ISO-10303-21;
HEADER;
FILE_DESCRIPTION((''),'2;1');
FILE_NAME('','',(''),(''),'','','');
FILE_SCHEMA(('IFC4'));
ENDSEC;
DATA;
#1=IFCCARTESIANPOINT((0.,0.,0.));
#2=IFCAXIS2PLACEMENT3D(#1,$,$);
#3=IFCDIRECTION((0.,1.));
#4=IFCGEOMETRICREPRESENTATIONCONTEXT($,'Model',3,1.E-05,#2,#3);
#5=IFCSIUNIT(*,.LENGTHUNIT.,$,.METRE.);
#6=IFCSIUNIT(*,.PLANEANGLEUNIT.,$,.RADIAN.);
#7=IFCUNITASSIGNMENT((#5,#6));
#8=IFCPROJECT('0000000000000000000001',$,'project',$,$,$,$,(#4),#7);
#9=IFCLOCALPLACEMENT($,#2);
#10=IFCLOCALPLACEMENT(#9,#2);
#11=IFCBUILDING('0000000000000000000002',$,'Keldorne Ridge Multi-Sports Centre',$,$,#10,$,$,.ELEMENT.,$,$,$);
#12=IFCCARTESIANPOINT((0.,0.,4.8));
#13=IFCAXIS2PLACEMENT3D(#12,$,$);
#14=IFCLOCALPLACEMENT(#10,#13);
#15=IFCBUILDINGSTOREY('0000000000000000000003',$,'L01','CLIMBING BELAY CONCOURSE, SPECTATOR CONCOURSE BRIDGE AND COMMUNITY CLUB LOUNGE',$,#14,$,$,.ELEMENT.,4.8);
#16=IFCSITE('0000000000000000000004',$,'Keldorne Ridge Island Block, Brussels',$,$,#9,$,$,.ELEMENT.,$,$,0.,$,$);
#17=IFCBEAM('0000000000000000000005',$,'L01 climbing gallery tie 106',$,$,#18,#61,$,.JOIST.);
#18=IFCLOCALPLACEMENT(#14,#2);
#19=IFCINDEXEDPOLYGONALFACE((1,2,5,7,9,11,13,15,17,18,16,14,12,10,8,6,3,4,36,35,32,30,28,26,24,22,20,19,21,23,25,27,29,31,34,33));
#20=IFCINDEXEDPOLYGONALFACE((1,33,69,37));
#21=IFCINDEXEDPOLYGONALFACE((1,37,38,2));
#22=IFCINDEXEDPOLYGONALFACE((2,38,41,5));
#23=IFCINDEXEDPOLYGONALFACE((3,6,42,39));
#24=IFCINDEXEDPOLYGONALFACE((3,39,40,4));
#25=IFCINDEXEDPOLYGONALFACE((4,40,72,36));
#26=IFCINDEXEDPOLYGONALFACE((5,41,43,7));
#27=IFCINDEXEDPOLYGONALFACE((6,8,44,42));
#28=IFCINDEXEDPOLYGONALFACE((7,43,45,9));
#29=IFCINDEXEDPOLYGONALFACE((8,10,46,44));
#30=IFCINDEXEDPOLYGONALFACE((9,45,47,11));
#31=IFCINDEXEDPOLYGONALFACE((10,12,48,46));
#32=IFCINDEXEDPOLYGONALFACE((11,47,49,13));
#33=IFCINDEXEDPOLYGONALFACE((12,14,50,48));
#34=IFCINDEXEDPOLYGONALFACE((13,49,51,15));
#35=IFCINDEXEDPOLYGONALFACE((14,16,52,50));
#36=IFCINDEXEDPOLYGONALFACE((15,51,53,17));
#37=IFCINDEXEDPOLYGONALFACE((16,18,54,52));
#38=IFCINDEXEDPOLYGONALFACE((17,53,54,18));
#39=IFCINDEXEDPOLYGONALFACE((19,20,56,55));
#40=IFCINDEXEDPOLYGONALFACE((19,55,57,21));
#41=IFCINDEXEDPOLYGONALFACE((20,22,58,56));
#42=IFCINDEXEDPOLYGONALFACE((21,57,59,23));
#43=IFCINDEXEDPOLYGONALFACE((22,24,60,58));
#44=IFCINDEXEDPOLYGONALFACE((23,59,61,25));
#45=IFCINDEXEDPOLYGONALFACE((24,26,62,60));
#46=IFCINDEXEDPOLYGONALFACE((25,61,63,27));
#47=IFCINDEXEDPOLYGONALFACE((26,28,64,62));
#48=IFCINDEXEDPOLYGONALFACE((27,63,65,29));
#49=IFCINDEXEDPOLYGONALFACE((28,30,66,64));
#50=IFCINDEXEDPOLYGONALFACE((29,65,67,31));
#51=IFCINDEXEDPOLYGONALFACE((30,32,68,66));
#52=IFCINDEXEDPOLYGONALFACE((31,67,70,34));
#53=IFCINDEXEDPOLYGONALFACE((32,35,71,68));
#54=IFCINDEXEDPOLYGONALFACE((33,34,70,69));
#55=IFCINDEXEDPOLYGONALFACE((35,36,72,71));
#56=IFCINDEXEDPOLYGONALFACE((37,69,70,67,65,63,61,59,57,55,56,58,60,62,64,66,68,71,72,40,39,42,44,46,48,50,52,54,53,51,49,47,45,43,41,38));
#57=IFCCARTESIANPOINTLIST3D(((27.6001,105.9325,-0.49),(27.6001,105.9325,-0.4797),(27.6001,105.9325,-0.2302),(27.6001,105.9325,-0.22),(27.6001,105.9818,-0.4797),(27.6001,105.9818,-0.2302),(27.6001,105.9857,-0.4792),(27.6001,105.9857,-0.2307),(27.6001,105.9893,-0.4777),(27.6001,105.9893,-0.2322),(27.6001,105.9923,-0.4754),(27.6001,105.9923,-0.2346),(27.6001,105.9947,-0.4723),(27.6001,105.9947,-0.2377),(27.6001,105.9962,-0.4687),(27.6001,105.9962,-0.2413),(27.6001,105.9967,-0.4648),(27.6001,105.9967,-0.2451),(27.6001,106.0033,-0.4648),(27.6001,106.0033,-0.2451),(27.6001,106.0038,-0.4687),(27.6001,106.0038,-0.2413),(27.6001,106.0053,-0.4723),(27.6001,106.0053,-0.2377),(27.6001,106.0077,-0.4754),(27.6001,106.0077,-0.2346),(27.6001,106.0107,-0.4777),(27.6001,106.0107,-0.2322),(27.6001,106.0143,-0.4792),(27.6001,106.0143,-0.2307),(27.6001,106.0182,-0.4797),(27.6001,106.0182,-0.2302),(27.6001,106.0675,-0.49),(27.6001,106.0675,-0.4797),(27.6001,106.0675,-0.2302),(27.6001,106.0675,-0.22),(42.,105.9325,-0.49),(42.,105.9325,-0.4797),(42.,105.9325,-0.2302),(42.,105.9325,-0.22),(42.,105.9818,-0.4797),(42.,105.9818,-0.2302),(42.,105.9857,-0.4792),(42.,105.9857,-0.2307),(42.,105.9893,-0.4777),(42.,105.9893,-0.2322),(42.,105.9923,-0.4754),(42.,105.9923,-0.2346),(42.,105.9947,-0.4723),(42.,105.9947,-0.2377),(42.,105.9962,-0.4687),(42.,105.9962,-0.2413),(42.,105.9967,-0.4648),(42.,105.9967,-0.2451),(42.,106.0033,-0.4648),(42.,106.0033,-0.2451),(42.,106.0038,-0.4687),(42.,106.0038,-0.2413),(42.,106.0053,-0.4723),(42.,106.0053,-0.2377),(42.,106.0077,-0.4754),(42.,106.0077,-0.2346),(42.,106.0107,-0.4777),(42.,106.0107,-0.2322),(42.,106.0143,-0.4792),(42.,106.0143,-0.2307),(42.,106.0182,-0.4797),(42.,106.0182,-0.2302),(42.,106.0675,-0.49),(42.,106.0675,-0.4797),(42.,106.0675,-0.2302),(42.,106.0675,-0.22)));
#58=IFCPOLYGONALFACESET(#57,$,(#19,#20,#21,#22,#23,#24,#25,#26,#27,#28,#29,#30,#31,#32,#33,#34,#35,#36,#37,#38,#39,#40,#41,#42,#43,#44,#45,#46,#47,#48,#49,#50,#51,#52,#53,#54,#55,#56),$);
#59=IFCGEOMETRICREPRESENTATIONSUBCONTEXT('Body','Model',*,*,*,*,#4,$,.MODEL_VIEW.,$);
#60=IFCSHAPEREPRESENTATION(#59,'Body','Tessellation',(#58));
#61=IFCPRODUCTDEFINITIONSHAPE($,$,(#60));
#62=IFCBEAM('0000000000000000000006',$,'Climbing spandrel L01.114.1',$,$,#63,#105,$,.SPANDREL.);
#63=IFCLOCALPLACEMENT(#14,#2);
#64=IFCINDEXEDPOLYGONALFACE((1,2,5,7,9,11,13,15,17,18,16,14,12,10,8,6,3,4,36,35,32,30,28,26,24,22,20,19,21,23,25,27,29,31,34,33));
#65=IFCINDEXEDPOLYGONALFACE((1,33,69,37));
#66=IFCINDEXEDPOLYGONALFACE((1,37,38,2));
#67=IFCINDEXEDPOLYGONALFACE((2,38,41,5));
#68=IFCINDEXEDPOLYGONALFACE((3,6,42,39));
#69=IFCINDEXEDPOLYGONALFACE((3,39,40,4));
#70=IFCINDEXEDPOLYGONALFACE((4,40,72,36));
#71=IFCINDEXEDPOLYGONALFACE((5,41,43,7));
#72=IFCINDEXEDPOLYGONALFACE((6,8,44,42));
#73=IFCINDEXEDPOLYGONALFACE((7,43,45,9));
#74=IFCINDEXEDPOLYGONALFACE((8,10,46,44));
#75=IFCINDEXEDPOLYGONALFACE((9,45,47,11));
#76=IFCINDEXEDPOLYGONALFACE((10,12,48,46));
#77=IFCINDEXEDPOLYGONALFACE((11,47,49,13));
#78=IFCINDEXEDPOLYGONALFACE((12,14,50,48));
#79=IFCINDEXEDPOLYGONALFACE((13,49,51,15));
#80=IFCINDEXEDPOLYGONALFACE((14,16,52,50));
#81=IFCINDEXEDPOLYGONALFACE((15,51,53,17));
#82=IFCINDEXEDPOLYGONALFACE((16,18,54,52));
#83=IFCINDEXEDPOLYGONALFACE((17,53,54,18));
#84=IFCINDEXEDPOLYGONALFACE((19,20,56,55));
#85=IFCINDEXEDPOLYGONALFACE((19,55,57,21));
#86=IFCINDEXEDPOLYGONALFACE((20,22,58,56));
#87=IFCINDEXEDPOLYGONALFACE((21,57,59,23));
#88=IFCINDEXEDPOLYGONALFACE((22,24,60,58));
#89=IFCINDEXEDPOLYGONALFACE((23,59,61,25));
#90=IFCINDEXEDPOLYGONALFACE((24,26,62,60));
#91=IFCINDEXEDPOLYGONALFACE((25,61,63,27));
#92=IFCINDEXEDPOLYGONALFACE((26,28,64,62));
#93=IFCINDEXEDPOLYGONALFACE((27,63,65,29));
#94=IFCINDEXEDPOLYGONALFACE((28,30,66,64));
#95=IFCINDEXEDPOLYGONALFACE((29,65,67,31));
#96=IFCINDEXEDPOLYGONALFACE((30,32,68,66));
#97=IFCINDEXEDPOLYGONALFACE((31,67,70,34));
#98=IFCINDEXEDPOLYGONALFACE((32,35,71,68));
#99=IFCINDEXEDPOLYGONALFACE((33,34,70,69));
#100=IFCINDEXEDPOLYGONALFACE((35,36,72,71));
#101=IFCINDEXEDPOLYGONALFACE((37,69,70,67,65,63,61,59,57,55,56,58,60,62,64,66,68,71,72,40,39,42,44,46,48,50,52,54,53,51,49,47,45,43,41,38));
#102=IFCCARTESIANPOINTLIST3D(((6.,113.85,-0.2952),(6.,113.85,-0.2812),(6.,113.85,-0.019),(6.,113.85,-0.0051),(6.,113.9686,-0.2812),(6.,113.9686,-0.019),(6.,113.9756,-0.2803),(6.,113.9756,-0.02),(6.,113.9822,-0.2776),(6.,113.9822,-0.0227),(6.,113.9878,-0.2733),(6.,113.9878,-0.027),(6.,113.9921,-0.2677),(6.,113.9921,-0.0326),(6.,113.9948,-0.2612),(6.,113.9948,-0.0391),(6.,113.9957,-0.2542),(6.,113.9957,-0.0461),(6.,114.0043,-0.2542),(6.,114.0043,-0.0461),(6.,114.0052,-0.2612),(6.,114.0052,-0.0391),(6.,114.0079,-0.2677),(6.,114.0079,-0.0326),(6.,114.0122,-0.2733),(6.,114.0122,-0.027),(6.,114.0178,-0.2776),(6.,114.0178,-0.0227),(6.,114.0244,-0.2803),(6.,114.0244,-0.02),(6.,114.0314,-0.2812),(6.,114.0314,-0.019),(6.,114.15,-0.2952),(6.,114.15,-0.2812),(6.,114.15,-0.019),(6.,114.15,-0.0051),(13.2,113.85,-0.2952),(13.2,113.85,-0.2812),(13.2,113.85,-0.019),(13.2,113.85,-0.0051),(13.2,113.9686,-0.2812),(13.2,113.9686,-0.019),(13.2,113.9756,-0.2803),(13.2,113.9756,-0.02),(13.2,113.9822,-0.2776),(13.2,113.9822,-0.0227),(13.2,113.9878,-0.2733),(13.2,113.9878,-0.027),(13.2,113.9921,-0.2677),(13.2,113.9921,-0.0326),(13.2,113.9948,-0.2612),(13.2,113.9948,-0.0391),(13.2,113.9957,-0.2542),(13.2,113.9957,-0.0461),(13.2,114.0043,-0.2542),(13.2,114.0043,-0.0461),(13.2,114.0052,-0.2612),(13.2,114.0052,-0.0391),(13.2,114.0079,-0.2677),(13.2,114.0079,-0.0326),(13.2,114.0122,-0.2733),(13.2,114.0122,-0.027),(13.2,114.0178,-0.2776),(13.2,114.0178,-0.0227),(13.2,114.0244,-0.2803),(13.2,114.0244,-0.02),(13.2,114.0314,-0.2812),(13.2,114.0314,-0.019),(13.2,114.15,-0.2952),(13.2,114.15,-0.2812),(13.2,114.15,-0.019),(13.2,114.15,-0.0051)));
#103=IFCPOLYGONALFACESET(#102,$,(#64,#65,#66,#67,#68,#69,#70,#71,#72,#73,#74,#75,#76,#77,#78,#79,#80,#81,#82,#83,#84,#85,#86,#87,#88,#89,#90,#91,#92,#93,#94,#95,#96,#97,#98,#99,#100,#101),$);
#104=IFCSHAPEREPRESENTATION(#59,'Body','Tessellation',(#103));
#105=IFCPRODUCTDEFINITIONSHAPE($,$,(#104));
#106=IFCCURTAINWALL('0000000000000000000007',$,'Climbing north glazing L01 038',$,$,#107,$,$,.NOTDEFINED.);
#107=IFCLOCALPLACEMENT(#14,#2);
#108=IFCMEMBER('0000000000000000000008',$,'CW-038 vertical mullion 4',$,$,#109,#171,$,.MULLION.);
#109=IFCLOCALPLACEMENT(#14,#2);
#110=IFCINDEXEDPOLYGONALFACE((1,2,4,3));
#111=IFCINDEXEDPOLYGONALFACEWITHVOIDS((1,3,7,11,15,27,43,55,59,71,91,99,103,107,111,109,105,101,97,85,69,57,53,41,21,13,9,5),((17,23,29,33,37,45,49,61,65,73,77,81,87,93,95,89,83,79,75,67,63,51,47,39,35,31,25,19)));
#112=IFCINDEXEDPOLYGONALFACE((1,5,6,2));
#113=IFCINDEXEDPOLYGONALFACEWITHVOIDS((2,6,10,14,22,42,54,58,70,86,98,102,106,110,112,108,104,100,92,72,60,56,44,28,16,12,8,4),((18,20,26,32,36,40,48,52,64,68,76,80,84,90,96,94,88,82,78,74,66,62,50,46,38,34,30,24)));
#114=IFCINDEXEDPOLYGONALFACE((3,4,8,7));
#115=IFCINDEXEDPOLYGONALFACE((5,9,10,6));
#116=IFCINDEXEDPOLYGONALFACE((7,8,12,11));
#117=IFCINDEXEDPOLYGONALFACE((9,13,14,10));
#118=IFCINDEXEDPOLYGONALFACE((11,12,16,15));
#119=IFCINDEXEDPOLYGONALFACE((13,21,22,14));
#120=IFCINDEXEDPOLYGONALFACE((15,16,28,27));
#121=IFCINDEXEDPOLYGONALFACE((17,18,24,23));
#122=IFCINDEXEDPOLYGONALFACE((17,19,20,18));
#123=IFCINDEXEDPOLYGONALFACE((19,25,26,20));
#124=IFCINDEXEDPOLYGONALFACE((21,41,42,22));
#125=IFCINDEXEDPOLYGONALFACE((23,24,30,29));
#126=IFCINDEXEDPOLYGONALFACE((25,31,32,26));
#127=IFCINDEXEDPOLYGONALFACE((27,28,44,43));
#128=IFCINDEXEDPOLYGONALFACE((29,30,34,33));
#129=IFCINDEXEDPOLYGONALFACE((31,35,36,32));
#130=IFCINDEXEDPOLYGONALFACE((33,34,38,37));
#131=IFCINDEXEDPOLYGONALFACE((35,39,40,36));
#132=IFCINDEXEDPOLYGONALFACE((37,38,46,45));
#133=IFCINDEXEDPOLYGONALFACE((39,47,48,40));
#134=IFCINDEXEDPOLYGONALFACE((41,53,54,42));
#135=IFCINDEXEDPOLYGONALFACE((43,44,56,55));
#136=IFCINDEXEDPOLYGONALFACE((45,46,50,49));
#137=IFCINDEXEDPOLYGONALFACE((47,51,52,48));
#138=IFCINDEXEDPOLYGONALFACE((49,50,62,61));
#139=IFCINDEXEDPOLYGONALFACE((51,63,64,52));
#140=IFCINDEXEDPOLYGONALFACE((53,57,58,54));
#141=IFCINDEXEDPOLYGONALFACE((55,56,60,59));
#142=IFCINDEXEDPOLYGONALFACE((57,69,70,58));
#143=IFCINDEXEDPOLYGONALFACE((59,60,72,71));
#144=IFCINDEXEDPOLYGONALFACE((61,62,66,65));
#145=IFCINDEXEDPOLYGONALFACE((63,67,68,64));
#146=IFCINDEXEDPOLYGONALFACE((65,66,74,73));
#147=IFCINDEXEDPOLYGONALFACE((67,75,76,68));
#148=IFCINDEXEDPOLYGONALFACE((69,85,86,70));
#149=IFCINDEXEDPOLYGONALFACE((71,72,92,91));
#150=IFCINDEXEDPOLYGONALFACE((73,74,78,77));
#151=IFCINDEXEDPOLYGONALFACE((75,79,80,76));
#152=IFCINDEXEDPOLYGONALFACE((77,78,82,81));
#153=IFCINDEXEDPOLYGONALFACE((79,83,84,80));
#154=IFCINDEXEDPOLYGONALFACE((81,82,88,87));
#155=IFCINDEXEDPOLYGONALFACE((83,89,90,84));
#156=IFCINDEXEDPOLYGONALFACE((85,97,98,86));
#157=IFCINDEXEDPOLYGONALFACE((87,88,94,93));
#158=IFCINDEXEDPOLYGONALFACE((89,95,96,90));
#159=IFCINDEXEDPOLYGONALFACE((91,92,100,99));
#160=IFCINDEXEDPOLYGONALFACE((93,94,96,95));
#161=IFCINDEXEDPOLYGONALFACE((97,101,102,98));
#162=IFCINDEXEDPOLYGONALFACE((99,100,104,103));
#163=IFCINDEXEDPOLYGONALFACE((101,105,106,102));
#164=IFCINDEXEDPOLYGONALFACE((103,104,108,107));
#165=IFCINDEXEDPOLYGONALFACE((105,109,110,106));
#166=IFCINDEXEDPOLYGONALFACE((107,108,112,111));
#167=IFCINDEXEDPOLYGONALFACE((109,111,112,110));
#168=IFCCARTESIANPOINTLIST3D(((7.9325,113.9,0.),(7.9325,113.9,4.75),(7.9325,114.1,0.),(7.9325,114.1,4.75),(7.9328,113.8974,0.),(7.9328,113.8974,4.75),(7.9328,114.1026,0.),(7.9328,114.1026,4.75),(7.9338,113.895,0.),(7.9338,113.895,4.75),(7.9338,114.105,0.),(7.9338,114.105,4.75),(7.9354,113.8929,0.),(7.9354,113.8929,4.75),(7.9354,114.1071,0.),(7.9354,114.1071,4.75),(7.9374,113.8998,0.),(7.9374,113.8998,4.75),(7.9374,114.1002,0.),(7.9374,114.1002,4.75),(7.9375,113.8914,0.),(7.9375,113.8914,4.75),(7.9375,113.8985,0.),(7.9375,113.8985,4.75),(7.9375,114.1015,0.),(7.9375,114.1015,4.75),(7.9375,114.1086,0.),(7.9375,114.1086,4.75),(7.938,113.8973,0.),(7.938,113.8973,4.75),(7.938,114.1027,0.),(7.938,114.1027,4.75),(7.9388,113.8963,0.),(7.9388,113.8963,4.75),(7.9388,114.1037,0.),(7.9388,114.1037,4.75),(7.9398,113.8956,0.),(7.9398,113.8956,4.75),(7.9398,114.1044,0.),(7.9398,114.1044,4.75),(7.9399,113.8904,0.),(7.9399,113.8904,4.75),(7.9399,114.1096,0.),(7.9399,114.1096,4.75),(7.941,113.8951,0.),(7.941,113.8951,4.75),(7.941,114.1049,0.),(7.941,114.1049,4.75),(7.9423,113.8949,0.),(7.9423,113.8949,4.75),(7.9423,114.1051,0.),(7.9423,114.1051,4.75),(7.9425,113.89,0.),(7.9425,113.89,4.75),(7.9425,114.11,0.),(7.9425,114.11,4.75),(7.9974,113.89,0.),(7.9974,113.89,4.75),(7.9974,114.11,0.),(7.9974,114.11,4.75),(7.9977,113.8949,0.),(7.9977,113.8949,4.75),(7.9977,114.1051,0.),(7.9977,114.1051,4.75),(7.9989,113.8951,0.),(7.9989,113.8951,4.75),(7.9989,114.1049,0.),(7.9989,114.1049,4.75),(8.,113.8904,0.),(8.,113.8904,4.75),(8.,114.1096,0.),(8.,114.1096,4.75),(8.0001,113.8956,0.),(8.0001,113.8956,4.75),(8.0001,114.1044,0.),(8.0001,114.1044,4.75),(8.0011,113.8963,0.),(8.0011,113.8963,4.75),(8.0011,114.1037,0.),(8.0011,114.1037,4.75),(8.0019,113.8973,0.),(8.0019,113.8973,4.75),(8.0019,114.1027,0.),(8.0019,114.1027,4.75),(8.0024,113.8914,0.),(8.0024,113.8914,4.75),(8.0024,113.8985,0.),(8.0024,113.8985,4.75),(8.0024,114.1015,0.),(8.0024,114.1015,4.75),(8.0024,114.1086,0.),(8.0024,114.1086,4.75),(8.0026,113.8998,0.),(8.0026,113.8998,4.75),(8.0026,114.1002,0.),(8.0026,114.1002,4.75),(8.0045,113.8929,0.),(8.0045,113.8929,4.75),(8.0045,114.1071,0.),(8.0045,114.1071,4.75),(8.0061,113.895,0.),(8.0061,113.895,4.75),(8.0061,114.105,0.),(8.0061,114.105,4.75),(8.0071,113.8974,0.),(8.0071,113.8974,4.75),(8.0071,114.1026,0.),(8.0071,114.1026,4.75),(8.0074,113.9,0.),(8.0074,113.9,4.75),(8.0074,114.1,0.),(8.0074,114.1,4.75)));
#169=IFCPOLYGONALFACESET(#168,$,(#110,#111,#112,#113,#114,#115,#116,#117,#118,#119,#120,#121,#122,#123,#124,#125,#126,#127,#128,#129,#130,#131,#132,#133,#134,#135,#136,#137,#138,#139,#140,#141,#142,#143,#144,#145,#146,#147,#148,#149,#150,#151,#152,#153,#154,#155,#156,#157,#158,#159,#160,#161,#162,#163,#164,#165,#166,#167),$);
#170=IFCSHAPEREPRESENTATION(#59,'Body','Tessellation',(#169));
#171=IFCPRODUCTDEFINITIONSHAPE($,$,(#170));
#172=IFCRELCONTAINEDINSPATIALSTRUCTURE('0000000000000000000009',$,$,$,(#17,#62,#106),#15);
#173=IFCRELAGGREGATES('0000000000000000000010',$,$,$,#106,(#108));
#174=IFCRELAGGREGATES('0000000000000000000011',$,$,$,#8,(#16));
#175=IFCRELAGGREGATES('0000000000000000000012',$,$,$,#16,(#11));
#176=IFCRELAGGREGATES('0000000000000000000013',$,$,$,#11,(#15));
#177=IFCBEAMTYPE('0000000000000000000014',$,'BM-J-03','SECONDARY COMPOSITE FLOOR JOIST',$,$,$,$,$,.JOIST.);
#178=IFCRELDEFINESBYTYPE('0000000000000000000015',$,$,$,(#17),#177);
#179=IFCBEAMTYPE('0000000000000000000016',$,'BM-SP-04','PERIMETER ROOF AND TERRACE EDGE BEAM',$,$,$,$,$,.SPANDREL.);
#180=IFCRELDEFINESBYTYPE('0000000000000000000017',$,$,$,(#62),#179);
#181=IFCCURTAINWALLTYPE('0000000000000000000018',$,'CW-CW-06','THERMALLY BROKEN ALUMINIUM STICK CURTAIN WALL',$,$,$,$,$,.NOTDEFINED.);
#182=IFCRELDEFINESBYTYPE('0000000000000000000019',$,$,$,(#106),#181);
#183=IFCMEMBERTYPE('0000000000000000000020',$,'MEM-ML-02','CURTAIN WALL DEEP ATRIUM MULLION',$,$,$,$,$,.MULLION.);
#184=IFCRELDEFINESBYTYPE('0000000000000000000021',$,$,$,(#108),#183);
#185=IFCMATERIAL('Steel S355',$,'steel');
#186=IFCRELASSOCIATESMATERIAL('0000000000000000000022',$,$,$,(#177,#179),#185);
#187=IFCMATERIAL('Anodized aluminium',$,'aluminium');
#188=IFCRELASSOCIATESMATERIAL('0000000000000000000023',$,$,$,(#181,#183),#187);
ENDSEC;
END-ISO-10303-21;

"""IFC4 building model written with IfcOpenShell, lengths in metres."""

from ifc_helpers import new_model, si_unit, direction, frame, origin, origin_2d, place, context, subcontext, project, spatial, hollow_rectangle, i_section, extrude, material, material_profile, profile_set, type_object, element, aggregate, save


model = new_model("IFC4")

# Units and contexts
model_context = context("Model", 3, precision=1e-05, world=origin(), true_north=direction((0.0, 1.0)))
body_context = subcontext(model_context, "Body", "Model", "MODEL_VIEW")
ifc_project = project(units=[si_unit("LENGTHUNIT", "METRE"), si_unit("PLANEANGLEUNIT", "RADIAN")], contexts=[model_context])

# Site, building, storey
site_placement = place(None, origin())
site = spatial("IfcSite", under=ifc_project, at=site_placement, Name="Keldorne Ridge Island Block, Brussels", CompositionType="ELEMENT", RefElevation=0.0)
building_placement = place(site_placement, origin())
building = spatial("IfcBuilding", under=site, at=building_placement, Name="Keldorne Ridge Multi-Sports Centre", CompositionType="ELEMENT")
storey_placement = place(building_placement, frame((0.0, 0.0, 4.8)))
storey = spatial("IfcBuildingStorey", under=building, at=storey_placement, Name="L01", Description="CLIMBING BELAY CONCOURSE, SPECTATOR CONCOURSE BRIDGE AND COMMUNITY CLUB LOUNGE", CompositionType="ELEMENT", Elevation=4.8)

# Shared definitions
ifc_material_1 = material(Name="Steel S355", Category="steel")

# Beams
ifc_material_profile_1 = material_profile(ifc_material_1, i_section(OverallWidth=0.135, OverallDepth=0.27, WebThickness=0.0066, FlangeThickness=0.0103, FilletRadius=0.0149, at=origin_2d()), Name="IPE 270")
ifc_profile_set_1 = profile_set([ifc_material_profile_1], Name="Steel S355")
beam_type_1 = type_object("IfcBeamType", Name="BM-J-03", Description="SECONDARY COMPOSITE FLOOR JOIST", PredefinedType="JOIST", material=ifc_profile_set_1)
for number, where, z_axis, x_axis, name in (
    (1, (27.6001, 106.0, -0.355), (1.0, 0.0, 0.0), (0.0, 1.0, 0.0), "L01 climbing gallery tie 106"),
):
    element("IfcBeam", number, at=place(storey_placement, frame(where, z_axis=z_axis, x_axis=x_axis)), inside=storey, type_object=beam_type_1, Name=name, PredefinedType="JOIST", context=body_context, shape_type="SweptSolid", body=[
        extrude(i_section(OverallWidth=0.135, OverallDepth=0.27, WebThickness=0.0066, FlangeThickness=0.0103, FilletRadius=0.0149, at=origin_2d()), origin(), (0.0, 0.0, 1.0), 14.3999),
    ])
ifc_material_profile_2 = material_profile(ifc_material_1, i_section(OverallWidth=0.3, OverallDepth=0.29, WebThickness=0.0085, FlangeThickness=0.0139, FilletRadius=0.0271, at=origin_2d()), Name="HEA 300")
ifc_profile_set_2 = profile_set([ifc_material_profile_2], Name="Steel S355")
beam_type_2 = type_object("IfcBeamType", Name="BM-SP-04", Description="PERIMETER ROOF AND TERRACE EDGE BEAM", PredefinedType="SPANDREL", material=ifc_profile_set_2)
beam_placement = place(storey_placement, frame((6.0, 114.0, -0.1501), z_axis=(1.0, 0.0, 0.0), x_axis=(0.0, 1.0, 0.0)))
element("IfcBeam", 2, at=beam_placement, inside=storey, type_object=beam_type_2, Name="Climbing spandrel L01.114.1", PredefinedType="SPANDREL", context=body_context, shape_type="SweptSolid", body=[
    extrude(i_section(OverallWidth=0.3, OverallDepth=0.29, WebThickness=0.0085, FlangeThickness=0.0139, FilletRadius=0.0271, at=origin_2d()), origin(), (0.0, 0.0, 1.0), 7.2),
])

# Curtain wall, member
ifc_material_2 = material(Name="Anodized aluminium", Category="aluminium")
curtain_wall_type = type_object("IfcCurtainWallType", Name="CW-CW-06", Description="THERMALLY BROKEN ALUMINIUM STICK CURTAIN WALL", PredefinedType="NOTDEFINED", material=ifc_material_2)
curtain_wall_placement = place(storey_placement, origin())
curtain_wall = element("IfcCurtainWall", 3, at=curtain_wall_placement, inside=storey, type_object=curtain_wall_type, Name="Climbing north glazing L01 038", PredefinedType="NOTDEFINED")
ifc_material_profile_3 = material_profile(ifc_material_2, hollow_rectangle(XDim=0.075, YDim=0.22, WallThickness=0.0049, InnerFilletRadius=0.0049, OuterFilletRadius=0.01, at=origin_2d()), Name="ALU MULLION 220x75x5")
ifc_profile_set_3 = profile_set([ifc_material_profile_3], Name="Anodized aluminium")
member_type_1 = type_object("IfcMemberType", Name="MEM-ML-02", Description="CURTAIN WALL DEEP ATRIUM MULLION", PredefinedType="MULLION", material=ifc_profile_set_3)
member_1_placement = place(storey_placement, frame((7.97, 114.0, 0.0), z_axis=(0.0, 0.0, 1.0), x_axis=(1.0, 0.0, 0.0)))
member_1 = element("IfcMember", 4, at=member_1_placement, type_object=member_type_1, Name="CW-038 vertical mullion 4", PredefinedType="MULLION", context=body_context, shape_type="SweptSolid", body=[
    extrude(hollow_rectangle(XDim=0.075, YDim=0.22, WallThickness=0.0049, InnerFilletRadius=0.0049, OuterFilletRadius=0.01, at=origin_2d()), origin(), (0.0, 0.0, 1.0), 4.75),
])

aggregate(curtain_wall, [member_1])

save(model, "model.ifc")
